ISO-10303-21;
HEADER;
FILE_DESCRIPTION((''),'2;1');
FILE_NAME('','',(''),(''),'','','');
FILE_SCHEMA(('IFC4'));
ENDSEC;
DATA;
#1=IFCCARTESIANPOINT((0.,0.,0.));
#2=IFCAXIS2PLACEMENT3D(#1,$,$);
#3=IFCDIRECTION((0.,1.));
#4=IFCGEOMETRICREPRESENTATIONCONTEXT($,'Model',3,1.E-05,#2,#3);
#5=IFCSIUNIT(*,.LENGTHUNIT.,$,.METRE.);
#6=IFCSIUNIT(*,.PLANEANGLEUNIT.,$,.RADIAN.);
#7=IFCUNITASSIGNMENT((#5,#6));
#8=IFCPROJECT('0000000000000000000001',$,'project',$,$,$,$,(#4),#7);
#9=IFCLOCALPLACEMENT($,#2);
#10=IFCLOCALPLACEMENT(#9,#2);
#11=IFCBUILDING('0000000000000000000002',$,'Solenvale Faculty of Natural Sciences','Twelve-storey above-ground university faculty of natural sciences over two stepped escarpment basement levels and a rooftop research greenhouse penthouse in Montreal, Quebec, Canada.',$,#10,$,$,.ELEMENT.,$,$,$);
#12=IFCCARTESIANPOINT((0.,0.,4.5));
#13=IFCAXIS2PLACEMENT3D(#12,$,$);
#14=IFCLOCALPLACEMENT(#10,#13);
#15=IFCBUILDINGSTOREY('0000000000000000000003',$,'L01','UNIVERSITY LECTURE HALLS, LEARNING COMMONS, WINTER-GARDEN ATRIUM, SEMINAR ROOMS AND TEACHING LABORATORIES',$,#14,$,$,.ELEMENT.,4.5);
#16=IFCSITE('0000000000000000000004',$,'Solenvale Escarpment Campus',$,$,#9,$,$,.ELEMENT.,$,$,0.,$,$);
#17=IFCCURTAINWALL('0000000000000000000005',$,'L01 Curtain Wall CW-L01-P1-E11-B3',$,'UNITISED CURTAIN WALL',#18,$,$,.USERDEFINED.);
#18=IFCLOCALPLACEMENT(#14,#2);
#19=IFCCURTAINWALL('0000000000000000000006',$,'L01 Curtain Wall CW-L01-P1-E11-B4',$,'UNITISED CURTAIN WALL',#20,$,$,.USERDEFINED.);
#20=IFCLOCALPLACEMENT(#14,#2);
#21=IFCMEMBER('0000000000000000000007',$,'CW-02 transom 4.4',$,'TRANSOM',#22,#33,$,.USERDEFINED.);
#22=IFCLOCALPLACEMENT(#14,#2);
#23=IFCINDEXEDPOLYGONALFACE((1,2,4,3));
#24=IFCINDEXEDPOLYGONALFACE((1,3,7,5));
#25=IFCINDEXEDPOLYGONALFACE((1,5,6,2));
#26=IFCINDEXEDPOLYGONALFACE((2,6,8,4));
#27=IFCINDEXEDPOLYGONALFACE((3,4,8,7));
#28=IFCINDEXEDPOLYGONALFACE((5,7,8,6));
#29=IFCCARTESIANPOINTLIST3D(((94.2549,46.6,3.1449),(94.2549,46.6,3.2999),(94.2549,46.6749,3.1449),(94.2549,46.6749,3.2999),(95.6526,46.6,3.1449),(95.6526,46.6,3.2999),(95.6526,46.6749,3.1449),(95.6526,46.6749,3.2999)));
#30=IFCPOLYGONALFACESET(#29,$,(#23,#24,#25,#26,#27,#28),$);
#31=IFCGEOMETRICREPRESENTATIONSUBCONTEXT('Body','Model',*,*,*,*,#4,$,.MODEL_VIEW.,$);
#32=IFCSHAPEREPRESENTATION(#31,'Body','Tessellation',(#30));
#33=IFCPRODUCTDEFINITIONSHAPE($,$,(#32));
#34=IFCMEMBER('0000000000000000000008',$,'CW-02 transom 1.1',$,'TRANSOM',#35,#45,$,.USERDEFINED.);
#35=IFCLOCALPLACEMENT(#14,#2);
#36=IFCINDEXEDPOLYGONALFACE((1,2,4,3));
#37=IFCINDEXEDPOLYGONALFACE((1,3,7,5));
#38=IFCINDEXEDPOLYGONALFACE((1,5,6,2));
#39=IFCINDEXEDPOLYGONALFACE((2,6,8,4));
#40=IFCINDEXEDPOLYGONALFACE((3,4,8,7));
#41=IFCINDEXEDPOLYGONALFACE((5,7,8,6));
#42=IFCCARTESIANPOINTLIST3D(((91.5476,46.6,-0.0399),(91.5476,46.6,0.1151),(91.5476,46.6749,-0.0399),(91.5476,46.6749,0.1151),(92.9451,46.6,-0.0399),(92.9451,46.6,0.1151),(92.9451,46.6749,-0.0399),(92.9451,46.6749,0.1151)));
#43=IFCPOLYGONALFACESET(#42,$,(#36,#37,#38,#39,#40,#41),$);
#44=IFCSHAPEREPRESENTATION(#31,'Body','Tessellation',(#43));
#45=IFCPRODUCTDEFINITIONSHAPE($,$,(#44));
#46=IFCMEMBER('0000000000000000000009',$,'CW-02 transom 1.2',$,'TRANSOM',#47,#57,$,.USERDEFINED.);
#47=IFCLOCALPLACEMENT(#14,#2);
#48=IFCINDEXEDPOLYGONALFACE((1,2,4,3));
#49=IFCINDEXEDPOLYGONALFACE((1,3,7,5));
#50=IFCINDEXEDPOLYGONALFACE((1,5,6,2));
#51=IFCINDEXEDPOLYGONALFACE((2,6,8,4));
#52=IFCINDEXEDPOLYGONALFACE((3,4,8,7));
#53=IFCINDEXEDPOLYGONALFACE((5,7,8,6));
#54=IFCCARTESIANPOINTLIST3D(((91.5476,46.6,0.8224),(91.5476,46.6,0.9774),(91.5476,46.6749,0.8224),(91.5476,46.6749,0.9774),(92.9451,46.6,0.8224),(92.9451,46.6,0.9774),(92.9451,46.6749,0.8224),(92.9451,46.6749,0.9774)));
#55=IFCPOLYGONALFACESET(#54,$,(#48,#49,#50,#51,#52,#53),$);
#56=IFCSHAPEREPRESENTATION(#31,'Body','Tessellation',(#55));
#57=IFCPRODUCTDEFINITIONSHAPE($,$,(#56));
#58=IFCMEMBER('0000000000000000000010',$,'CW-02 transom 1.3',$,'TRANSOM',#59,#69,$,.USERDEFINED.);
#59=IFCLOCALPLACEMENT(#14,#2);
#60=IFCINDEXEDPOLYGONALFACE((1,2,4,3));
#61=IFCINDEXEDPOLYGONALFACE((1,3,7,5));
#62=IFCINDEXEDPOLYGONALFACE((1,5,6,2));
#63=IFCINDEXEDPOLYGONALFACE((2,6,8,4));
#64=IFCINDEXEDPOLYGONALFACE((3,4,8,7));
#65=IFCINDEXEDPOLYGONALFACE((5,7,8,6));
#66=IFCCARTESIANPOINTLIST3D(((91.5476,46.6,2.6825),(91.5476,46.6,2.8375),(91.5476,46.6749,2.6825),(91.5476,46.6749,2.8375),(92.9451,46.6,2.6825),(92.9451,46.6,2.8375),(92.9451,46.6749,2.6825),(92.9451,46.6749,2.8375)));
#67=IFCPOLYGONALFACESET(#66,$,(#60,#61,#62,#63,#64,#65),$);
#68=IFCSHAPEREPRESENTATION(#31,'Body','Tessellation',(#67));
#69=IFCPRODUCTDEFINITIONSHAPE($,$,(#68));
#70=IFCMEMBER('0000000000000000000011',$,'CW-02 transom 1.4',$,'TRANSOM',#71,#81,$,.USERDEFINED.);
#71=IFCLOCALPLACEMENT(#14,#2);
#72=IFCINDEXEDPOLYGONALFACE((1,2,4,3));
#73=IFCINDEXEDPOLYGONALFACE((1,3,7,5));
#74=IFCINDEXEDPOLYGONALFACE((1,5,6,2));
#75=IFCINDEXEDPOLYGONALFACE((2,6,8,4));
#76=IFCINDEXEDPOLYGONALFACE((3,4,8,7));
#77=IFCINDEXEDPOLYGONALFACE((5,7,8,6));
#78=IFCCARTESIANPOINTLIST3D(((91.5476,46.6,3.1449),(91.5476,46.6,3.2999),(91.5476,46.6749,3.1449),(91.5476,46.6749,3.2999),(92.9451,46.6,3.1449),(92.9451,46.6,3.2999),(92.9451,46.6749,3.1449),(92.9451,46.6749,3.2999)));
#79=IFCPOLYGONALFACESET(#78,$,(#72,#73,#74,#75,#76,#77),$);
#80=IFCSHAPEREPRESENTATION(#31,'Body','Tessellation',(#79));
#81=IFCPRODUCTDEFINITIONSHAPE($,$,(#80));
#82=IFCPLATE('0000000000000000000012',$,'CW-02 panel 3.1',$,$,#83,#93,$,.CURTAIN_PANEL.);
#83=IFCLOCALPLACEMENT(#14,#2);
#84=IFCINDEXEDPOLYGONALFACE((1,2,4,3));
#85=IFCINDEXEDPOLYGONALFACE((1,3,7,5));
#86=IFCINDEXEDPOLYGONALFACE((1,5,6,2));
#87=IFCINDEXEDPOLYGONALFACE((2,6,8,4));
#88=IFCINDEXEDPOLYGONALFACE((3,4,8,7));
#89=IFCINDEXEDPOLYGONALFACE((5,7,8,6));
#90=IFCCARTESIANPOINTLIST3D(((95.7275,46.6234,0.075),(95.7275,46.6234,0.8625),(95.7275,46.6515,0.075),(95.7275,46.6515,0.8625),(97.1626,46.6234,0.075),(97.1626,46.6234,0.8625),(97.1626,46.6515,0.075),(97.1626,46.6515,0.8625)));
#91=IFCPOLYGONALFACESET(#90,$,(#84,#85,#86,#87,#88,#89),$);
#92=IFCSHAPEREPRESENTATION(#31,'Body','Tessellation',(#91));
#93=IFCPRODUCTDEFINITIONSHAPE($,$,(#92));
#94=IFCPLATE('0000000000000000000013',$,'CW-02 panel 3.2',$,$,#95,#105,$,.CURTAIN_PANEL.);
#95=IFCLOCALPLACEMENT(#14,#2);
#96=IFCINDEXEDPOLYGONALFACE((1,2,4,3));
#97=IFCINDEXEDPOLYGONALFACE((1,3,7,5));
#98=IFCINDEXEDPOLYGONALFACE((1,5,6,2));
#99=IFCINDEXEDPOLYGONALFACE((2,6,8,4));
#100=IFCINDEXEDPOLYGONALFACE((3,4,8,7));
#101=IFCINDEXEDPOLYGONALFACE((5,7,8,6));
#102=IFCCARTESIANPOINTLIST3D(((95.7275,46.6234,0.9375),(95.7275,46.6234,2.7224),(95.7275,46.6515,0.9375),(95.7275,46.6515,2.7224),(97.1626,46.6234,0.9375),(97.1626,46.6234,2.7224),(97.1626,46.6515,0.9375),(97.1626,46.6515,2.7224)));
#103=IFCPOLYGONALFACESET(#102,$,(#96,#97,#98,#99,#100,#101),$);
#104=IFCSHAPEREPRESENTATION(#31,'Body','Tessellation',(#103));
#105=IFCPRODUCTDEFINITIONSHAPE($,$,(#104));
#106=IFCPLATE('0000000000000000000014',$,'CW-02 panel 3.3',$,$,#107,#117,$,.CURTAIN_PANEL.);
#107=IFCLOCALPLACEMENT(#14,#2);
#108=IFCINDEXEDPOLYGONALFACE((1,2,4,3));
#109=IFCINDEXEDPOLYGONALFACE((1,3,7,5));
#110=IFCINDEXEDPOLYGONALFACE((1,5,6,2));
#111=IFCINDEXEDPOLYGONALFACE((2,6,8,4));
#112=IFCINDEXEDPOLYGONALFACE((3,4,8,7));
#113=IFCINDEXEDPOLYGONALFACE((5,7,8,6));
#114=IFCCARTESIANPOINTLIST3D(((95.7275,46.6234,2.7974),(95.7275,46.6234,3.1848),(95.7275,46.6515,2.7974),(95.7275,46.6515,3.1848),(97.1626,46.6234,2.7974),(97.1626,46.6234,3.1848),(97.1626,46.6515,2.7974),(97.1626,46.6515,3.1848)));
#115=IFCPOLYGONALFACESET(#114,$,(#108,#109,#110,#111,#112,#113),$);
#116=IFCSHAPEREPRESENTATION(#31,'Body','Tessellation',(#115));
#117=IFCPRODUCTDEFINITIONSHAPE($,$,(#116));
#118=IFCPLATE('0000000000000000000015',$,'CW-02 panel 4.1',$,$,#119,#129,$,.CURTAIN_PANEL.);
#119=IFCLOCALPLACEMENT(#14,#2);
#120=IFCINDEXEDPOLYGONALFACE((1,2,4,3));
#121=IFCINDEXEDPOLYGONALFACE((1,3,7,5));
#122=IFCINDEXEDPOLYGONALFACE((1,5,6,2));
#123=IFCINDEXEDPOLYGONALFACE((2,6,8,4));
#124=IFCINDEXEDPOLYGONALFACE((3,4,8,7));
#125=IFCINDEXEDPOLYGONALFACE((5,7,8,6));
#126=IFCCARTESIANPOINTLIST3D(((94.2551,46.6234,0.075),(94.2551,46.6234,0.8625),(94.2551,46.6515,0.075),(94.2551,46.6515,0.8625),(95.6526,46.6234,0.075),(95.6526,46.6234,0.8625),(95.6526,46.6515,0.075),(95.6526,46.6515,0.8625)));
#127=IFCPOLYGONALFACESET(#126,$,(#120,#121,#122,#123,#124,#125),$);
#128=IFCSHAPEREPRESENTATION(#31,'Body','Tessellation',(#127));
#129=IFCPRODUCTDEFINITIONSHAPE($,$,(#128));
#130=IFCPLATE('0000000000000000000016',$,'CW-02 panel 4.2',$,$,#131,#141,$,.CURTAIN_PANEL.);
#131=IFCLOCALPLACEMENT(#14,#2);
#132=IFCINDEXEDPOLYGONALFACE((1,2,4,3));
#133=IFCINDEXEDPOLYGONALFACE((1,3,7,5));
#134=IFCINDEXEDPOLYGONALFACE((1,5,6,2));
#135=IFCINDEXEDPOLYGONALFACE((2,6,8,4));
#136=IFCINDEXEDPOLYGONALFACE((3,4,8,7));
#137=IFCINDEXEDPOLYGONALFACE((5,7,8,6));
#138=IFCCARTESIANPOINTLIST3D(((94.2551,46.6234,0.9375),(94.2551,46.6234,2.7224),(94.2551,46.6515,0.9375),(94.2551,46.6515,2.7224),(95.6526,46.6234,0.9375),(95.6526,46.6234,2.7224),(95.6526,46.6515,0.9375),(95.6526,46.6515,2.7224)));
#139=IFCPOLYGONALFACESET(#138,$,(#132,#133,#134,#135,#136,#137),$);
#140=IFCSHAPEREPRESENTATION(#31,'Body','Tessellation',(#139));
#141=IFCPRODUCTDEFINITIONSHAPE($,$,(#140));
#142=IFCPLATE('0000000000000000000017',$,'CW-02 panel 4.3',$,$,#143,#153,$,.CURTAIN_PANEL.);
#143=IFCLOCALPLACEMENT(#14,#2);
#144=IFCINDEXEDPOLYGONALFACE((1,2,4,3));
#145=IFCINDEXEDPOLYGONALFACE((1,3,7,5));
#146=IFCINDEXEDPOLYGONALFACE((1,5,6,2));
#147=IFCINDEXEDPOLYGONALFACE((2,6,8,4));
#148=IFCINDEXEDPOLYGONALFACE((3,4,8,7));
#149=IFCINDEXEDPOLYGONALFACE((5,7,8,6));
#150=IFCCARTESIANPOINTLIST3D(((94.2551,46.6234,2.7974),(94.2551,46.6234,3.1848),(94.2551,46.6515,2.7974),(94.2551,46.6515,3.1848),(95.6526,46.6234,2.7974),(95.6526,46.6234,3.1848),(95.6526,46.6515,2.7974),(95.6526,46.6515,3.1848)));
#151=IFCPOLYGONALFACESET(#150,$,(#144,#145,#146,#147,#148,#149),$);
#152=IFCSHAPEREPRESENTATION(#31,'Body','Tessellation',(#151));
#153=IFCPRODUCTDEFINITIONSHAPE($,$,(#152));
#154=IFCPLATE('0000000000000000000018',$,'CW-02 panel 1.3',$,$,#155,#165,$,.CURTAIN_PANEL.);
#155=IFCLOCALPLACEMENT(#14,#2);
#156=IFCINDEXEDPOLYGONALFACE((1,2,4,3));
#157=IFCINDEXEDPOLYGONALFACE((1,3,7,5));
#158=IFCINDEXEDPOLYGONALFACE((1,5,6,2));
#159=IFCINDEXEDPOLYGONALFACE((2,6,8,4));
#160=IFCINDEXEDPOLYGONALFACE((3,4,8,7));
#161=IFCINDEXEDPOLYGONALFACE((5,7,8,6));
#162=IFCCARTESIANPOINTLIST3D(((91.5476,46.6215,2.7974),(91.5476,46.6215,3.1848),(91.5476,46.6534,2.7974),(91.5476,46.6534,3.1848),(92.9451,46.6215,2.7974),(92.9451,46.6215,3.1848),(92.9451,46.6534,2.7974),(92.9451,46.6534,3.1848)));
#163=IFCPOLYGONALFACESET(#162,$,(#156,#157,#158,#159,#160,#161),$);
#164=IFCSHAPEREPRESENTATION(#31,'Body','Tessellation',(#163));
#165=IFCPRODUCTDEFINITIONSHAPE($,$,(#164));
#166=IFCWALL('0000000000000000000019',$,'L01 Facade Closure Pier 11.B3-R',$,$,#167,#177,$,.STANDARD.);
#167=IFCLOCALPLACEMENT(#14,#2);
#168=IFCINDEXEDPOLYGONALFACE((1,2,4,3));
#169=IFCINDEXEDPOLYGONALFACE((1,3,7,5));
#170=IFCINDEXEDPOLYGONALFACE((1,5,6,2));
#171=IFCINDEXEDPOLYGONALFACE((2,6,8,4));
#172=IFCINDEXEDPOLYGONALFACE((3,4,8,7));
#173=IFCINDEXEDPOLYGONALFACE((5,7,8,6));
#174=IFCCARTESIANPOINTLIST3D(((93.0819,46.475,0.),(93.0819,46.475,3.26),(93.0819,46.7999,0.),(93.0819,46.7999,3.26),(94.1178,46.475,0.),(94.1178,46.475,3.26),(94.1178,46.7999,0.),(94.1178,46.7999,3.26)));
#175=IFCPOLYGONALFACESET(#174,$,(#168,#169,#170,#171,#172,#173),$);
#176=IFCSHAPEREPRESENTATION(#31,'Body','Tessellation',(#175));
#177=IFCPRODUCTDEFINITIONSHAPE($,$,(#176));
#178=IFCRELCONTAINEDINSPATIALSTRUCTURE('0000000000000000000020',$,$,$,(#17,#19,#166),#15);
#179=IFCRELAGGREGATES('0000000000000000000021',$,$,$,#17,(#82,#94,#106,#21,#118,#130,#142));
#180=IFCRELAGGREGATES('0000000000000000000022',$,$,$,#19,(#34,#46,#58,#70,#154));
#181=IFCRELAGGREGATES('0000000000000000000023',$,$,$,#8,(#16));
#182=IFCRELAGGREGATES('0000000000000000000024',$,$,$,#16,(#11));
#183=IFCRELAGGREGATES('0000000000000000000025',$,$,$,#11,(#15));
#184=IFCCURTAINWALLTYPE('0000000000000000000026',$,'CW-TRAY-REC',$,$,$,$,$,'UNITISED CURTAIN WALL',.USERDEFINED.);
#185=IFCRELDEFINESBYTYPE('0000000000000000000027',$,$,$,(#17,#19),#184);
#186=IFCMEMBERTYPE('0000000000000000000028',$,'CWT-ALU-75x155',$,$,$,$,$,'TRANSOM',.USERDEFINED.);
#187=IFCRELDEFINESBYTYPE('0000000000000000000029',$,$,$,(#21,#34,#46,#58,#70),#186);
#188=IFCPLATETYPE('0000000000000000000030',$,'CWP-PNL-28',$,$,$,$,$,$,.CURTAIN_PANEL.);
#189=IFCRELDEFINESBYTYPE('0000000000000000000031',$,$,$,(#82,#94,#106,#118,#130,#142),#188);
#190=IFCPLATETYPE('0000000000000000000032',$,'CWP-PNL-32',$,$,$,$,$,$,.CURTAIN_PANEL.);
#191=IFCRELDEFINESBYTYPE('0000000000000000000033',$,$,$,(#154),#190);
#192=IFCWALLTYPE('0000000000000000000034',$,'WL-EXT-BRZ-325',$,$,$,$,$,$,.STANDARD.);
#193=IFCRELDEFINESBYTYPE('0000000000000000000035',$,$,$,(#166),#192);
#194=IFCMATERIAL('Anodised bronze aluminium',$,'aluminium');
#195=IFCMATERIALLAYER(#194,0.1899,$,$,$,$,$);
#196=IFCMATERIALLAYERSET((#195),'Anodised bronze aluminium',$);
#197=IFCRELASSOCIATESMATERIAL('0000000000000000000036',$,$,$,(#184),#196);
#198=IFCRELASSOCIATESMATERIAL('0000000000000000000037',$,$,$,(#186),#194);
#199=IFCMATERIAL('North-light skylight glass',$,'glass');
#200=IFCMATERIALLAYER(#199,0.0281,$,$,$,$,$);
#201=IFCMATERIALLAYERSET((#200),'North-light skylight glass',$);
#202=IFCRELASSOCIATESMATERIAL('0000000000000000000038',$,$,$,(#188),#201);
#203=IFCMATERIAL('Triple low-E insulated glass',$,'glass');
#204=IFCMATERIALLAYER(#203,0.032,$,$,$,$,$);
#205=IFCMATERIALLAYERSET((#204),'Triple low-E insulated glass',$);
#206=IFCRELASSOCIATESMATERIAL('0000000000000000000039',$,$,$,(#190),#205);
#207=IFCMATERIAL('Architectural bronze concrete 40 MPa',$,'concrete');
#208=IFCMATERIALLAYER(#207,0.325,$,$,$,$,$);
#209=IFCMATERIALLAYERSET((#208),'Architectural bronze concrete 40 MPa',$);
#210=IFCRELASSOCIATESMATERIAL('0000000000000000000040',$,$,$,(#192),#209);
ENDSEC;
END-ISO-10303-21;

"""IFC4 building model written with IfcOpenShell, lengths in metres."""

from ifc_helpers import new_model, si_unit, direction, frame, frame_2d, origin, origin_2d, place, context, subcontext, project, spatial, rectangle, extrude, material, layer, layer_set, material_profile, profile_set, type_object, element, aggregate, save


model = new_model("IFC4")

# Units and contexts
model_context = context("Model", 3, precision=1e-05, world=origin(), true_north=direction((0.0, 1.0)))
body_context = subcontext(model_context, "Body", "Model", "MODEL_VIEW")
ifc_project = project(units=[si_unit("LENGTHUNIT", "METRE"), si_unit("PLANEANGLEUNIT", "RADIAN")], contexts=[model_context])

# Site, building, storey
site_placement = place(None, origin())
site = spatial("IfcSite", under=ifc_project, at=site_placement, Name="Solenvale Escarpment Campus", CompositionType="ELEMENT", RefElevation=0.0)
building_placement = place(site_placement, origin())
building = spatial("IfcBuilding", under=site, at=building_placement, Name="Solenvale Faculty of Natural Sciences", Description="Twelve-storey above-ground university faculty of natural sciences over two stepped escarpment basement levels and a rooftop research greenhouse penthouse in Montreal, Quebec, Canada.", CompositionType="ELEMENT")
storey_placement = place(building_placement, frame((0.0, 0.0, 4.5)))
storey = spatial("IfcBuildingStorey", under=building, at=storey_placement, Name="L01", Description="UNIVERSITY LECTURE HALLS, LEARNING COMMONS, WINTER-GARDEN ATRIUM, SEMINAR ROOMS AND TEACHING LABORATORIES", CompositionType="ELEMENT", Elevation=4.5)

# Shared definitions
ifc_material_1 = material(Name="Architectural bronze concrete 40 MPa", Category="concrete")

# Curtain wall
ifc_material_2 = material(Name="Anodised bronze aluminium", Category="aluminium")
ifc_layer_1 = layer(ifc_material_2, 0.1899)
ifc_layer_set_1 = layer_set([ifc_layer_1], Name="Anodised bronze aluminium")
curtain_wall_type = type_object("IfcCurtainWallType", Name="CW-TRAY-REC", ElementType="UNITISED CURTAIN WALL", PredefinedType="USERDEFINED", material=ifc_layer_set_1)
curtain_wall_1_placement = place(storey_placement, origin())
curtain_wall_1 = element("IfcCurtainWall", 1, at=curtain_wall_1_placement, inside=storey, type_object=curtain_wall_type, Name="L01 Curtain Wall CW-L01-P1-E11-B3", ObjectType="UNITISED CURTAIN WALL", PredefinedType="USERDEFINED")

# Curtain wall
curtain_wall_2_placement = place(storey_placement, origin())
curtain_wall_2 = element("IfcCurtainWall", 2, at=curtain_wall_2_placement, inside=storey, type_object=curtain_wall_type, Name="L01 Curtain Wall CW-L01-P1-E11-B4", ObjectType="UNITISED CURTAIN WALL", PredefinedType="USERDEFINED")

# Members
ifc_material_profile_1 = material_profile(ifc_material_2, rectangle(XDim=0.075, YDim=0.155, at=origin_2d()), Name="ALU-TRN-75x155")
ifc_profile_set_1 = profile_set([ifc_material_profile_1], Name="Anodised bronze aluminium")
member_type_1 = type_object("IfcMemberType", Name="CWT-ALU-75x155", ElementType="TRANSOM", PredefinedType="USERDEFINED", material=ifc_profile_set_1)
member_1_placement = place(storey_placement, frame((95.6526, 46.6375, 3.2224), z_axis=(-1.0, 0.0, 0.0), x_axis=(0.0, -1.0, 0.0)))
member_1 = element("IfcMember", 3, at=member_1_placement, type_object=member_type_1, Name="CW-02 transom 4.4", ObjectType="TRANSOM", PredefinedType="USERDEFINED", context=body_context, shape_type="SweptSolid", body=[
    extrude(rectangle(XDim=0.075, YDim=0.155, at=origin_2d()), origin(), (0.0, 0.0, 1.0), 1.3977),
])
member_2_placement = place(storey_placement, frame((92.9451, 46.6375, 0.0376), z_axis=(-1.0, 0.0, 0.0), x_axis=(0.0, -1.0, 0.0)))
member_2 = element("IfcMember", 4, at=member_2_placement, type_object=member_type_1, Name="CW-02 transom 1.1", ObjectType="TRANSOM", PredefinedType="USERDEFINED", context=body_context, shape_type="SweptSolid", body=[
    extrude(rectangle(XDim=0.075, YDim=0.155, at=origin_2d()), origin(), (0.0, 0.0, 1.0), 1.3975),
])
member_3_placement = place(storey_placement, frame((92.9451, 46.6375, 0.8999), z_axis=(-1.0, 0.0, 0.0), x_axis=(0.0, -1.0, 0.0)))
member_3 = element("IfcMember", 5, at=member_3_placement, type_object=member_type_1, Name="CW-02 transom 1.2", ObjectType="TRANSOM", PredefinedType="USERDEFINED", context=body_context, shape_type="SweptSolid", body=[
    extrude(rectangle(XDim=0.075, YDim=0.155, at=origin_2d()), origin(), (0.0, 0.0, 1.0), 1.3975),
])
member_4_placement = place(storey_placement, frame((92.9451, 46.6375, 2.76), z_axis=(-1.0, 0.0, 0.0), x_axis=(0.0, -1.0, 0.0)))
member_4 = element("IfcMember", 6, at=member_4_placement, type_object=member_type_1, Name="CW-02 transom 1.3", ObjectType="TRANSOM", PredefinedType="USERDEFINED", context=body_context, shape_type="SweptSolid", body=[
    extrude(rectangle(XDim=0.075, YDim=0.155, at=origin_2d()), origin(), (0.0, 0.0, 1.0), 1.3975),
])
member_5_placement = place(storey_placement, frame((92.9451, 46.6375, 3.2224), z_axis=(-1.0, 0.0, 0.0), x_axis=(0.0, -1.0, 0.0)))
member_5 = element("IfcMember", 7, at=member_5_placement, type_object=member_type_1, Name="CW-02 transom 1.4", ObjectType="TRANSOM", PredefinedType="USERDEFINED", context=body_context, shape_type="SweptSolid", body=[
    extrude(rectangle(XDim=0.075, YDim=0.155, at=origin_2d()), origin(), (0.0, 0.0, 1.0), 1.3975),
])

# Plates
ifc_material_3 = material(Name="North-light skylight glass", Category="glass")
ifc_layer_2 = layer(ifc_material_3, 0.0281)
ifc_layer_set_2 = layer_set([ifc_layer_2], Name="North-light skylight glass")
plate_type_1 = type_object("IfcPlateType", Name="CWP-PNL-28", PredefinedType="CURTAIN_PANEL", material=ifc_layer_set_2)
plate_1_placement = place(storey_placement, frame((96.4451, 46.6375, 0.075), z_axis=(0.0, 0.0, 1.0), x_axis=(-1.0, 0.0, 0.0)))
plate_1 = element("IfcPlate", 8, at=plate_1_placement, type_object=plate_type_1, Name="CW-02 panel 3.1", PredefinedType="CURTAIN_PANEL", context=body_context, shape_type="SweptSolid", body=[
    extrude(rectangle(XDim=1.4351, YDim=0.0281, at=origin_2d()), origin(), (0.0, 0.0, 1.0), 0.7876),
])
plate_2_placement = place(storey_placement, frame((96.4451, 46.6375, 0.9375), z_axis=(0.0, 0.0, 1.0), x_axis=(-1.0, 0.0, 0.0)))
plate_2 = element("IfcPlate", 9, at=plate_2_placement, type_object=plate_type_1, Name="CW-02 panel 3.2", PredefinedType="CURTAIN_PANEL", context=body_context, shape_type="SweptSolid", body=[
    extrude(rectangle(XDim=1.4351, YDim=0.0281, at=origin_2d()), origin(), (0.0, 0.0, 1.0), 1.7849),
])
plate_3_placement = place(storey_placement, frame((96.4451, 46.6375, 2.7974), z_axis=(0.0, 0.0, 1.0), x_axis=(-1.0, 0.0, 0.0)))
plate_3 = element("IfcPlate", 10, at=plate_3_placement, type_object=plate_type_1, Name="CW-02 panel 3.3", PredefinedType="CURTAIN_PANEL", context=body_context, shape_type="SweptSolid", body=[
    extrude(rectangle(XDim=1.4351, YDim=0.0281, at=origin_2d()), origin(), (0.0, 0.0, 1.0), 0.3875),
])
plate_4_placement = place(storey_placement, frame((94.9539, 46.6375, 0.075), z_axis=(0.0, 0.0, 1.0), x_axis=(-1.0, 0.0, 0.0)))
plate_4 = element("IfcPlate", 11, at=plate_4_placement, type_object=plate_type_1, Name="CW-02 panel 4.1", PredefinedType="CURTAIN_PANEL", context=body_context, shape_type="SweptSolid", body=[
    extrude(rectangle(XDim=1.3975, YDim=0.0281, at=origin_2d()), origin(), (0.0, 0.0, 1.0), 0.7876),
])
plate_5_placement = place(storey_placement, frame((94.9539, 46.6375, 0.9375), z_axis=(0.0, 0.0, 1.0), x_axis=(-1.0, 0.0, 0.0)))
plate_5 = element("IfcPlate", 12, at=plate_5_placement, type_object=plate_type_1, Name="CW-02 panel 4.2", PredefinedType="CURTAIN_PANEL", context=body_context, shape_type="SweptSolid", body=[
    extrude(rectangle(XDim=1.3975, YDim=0.0281, at=origin_2d()), origin(), (0.0, 0.0, 1.0), 1.7849),
])
plate_6_placement = place(storey_placement, frame((94.9539, 46.6375, 2.7974), z_axis=(0.0, 0.0, 1.0), x_axis=(-1.0, 0.0, 0.0)))
plate_6 = element("IfcPlate", 13, at=plate_6_placement, type_object=plate_type_1, Name="CW-02 panel 4.3", PredefinedType="CURTAIN_PANEL", context=body_context, shape_type="SweptSolid", body=[
    extrude(rectangle(XDim=1.3975, YDim=0.0281, at=origin_2d()), origin(), (0.0, 0.0, 1.0), 0.3875),
])
aggregate(curtain_wall_1, [plate_1, plate_2, plate_3, member_1, plate_4, plate_5, plate_6])
ifc_material_4 = material(Name="Triple low-E insulated glass", Category="glass")
ifc_layer_3 = layer(ifc_material_4, 0.032)
ifc_layer_set_3 = layer_set([ifc_layer_3], Name="Triple low-E insulated glass")
plate_type_2 = type_object("IfcPlateType", Name="CWP-PNL-32", PredefinedType="CURTAIN_PANEL", material=ifc_layer_set_3)
plate_7_placement = place(storey_placement, frame((92.2463, 46.6375, 2.7974), z_axis=(0.0, 0.0, 1.0), x_axis=(-1.0, 0.0, 0.0)))
plate_7 = element("IfcPlate", 14, at=plate_7_placement, type_object=plate_type_2, Name="CW-02 panel 1.3", PredefinedType="CURTAIN_PANEL", context=body_context, shape_type="SweptSolid", body=[
    extrude(rectangle(XDim=1.3975, YDim=0.032, at=origin_2d()), origin(), (0.0, 0.0, 1.0), 0.3875),
])
aggregate(curtain_wall_2, [member_2, member_3, member_4, member_5, plate_7])

# Wall
ifc_layer_4 = layer(ifc_material_1, 0.325)
ifc_layer_set_4 = layer_set([ifc_layer_4], Name="Architectural bronze concrete 40 MPa")
wall_type = type_object("IfcWallType", Name="WL-EXT-BRZ-325", PredefinedType="STANDARD", material=ifc_layer_set_4)
wall_placement = place(storey_placement, frame((94.1179, 46.6375, 0.0), z_axis=(0.0, 0.0, 1.0), x_axis=(-1.0, 0.0, 0.0)))
element("IfcWall", 15, at=wall_placement, inside=storey, type_object=wall_type, Name="L01 Facade Closure Pier 11.B3-R", PredefinedType="STANDARD", context=body_context, shape_type="SweptSolid", body=[
    extrude(rectangle(XDim=1.0359, YDim=0.325, at=frame_2d((0.5181, 0.0))), origin(), (0.0, 0.0, 1.0), 3.26),
])

save(model, "model.ifc")
